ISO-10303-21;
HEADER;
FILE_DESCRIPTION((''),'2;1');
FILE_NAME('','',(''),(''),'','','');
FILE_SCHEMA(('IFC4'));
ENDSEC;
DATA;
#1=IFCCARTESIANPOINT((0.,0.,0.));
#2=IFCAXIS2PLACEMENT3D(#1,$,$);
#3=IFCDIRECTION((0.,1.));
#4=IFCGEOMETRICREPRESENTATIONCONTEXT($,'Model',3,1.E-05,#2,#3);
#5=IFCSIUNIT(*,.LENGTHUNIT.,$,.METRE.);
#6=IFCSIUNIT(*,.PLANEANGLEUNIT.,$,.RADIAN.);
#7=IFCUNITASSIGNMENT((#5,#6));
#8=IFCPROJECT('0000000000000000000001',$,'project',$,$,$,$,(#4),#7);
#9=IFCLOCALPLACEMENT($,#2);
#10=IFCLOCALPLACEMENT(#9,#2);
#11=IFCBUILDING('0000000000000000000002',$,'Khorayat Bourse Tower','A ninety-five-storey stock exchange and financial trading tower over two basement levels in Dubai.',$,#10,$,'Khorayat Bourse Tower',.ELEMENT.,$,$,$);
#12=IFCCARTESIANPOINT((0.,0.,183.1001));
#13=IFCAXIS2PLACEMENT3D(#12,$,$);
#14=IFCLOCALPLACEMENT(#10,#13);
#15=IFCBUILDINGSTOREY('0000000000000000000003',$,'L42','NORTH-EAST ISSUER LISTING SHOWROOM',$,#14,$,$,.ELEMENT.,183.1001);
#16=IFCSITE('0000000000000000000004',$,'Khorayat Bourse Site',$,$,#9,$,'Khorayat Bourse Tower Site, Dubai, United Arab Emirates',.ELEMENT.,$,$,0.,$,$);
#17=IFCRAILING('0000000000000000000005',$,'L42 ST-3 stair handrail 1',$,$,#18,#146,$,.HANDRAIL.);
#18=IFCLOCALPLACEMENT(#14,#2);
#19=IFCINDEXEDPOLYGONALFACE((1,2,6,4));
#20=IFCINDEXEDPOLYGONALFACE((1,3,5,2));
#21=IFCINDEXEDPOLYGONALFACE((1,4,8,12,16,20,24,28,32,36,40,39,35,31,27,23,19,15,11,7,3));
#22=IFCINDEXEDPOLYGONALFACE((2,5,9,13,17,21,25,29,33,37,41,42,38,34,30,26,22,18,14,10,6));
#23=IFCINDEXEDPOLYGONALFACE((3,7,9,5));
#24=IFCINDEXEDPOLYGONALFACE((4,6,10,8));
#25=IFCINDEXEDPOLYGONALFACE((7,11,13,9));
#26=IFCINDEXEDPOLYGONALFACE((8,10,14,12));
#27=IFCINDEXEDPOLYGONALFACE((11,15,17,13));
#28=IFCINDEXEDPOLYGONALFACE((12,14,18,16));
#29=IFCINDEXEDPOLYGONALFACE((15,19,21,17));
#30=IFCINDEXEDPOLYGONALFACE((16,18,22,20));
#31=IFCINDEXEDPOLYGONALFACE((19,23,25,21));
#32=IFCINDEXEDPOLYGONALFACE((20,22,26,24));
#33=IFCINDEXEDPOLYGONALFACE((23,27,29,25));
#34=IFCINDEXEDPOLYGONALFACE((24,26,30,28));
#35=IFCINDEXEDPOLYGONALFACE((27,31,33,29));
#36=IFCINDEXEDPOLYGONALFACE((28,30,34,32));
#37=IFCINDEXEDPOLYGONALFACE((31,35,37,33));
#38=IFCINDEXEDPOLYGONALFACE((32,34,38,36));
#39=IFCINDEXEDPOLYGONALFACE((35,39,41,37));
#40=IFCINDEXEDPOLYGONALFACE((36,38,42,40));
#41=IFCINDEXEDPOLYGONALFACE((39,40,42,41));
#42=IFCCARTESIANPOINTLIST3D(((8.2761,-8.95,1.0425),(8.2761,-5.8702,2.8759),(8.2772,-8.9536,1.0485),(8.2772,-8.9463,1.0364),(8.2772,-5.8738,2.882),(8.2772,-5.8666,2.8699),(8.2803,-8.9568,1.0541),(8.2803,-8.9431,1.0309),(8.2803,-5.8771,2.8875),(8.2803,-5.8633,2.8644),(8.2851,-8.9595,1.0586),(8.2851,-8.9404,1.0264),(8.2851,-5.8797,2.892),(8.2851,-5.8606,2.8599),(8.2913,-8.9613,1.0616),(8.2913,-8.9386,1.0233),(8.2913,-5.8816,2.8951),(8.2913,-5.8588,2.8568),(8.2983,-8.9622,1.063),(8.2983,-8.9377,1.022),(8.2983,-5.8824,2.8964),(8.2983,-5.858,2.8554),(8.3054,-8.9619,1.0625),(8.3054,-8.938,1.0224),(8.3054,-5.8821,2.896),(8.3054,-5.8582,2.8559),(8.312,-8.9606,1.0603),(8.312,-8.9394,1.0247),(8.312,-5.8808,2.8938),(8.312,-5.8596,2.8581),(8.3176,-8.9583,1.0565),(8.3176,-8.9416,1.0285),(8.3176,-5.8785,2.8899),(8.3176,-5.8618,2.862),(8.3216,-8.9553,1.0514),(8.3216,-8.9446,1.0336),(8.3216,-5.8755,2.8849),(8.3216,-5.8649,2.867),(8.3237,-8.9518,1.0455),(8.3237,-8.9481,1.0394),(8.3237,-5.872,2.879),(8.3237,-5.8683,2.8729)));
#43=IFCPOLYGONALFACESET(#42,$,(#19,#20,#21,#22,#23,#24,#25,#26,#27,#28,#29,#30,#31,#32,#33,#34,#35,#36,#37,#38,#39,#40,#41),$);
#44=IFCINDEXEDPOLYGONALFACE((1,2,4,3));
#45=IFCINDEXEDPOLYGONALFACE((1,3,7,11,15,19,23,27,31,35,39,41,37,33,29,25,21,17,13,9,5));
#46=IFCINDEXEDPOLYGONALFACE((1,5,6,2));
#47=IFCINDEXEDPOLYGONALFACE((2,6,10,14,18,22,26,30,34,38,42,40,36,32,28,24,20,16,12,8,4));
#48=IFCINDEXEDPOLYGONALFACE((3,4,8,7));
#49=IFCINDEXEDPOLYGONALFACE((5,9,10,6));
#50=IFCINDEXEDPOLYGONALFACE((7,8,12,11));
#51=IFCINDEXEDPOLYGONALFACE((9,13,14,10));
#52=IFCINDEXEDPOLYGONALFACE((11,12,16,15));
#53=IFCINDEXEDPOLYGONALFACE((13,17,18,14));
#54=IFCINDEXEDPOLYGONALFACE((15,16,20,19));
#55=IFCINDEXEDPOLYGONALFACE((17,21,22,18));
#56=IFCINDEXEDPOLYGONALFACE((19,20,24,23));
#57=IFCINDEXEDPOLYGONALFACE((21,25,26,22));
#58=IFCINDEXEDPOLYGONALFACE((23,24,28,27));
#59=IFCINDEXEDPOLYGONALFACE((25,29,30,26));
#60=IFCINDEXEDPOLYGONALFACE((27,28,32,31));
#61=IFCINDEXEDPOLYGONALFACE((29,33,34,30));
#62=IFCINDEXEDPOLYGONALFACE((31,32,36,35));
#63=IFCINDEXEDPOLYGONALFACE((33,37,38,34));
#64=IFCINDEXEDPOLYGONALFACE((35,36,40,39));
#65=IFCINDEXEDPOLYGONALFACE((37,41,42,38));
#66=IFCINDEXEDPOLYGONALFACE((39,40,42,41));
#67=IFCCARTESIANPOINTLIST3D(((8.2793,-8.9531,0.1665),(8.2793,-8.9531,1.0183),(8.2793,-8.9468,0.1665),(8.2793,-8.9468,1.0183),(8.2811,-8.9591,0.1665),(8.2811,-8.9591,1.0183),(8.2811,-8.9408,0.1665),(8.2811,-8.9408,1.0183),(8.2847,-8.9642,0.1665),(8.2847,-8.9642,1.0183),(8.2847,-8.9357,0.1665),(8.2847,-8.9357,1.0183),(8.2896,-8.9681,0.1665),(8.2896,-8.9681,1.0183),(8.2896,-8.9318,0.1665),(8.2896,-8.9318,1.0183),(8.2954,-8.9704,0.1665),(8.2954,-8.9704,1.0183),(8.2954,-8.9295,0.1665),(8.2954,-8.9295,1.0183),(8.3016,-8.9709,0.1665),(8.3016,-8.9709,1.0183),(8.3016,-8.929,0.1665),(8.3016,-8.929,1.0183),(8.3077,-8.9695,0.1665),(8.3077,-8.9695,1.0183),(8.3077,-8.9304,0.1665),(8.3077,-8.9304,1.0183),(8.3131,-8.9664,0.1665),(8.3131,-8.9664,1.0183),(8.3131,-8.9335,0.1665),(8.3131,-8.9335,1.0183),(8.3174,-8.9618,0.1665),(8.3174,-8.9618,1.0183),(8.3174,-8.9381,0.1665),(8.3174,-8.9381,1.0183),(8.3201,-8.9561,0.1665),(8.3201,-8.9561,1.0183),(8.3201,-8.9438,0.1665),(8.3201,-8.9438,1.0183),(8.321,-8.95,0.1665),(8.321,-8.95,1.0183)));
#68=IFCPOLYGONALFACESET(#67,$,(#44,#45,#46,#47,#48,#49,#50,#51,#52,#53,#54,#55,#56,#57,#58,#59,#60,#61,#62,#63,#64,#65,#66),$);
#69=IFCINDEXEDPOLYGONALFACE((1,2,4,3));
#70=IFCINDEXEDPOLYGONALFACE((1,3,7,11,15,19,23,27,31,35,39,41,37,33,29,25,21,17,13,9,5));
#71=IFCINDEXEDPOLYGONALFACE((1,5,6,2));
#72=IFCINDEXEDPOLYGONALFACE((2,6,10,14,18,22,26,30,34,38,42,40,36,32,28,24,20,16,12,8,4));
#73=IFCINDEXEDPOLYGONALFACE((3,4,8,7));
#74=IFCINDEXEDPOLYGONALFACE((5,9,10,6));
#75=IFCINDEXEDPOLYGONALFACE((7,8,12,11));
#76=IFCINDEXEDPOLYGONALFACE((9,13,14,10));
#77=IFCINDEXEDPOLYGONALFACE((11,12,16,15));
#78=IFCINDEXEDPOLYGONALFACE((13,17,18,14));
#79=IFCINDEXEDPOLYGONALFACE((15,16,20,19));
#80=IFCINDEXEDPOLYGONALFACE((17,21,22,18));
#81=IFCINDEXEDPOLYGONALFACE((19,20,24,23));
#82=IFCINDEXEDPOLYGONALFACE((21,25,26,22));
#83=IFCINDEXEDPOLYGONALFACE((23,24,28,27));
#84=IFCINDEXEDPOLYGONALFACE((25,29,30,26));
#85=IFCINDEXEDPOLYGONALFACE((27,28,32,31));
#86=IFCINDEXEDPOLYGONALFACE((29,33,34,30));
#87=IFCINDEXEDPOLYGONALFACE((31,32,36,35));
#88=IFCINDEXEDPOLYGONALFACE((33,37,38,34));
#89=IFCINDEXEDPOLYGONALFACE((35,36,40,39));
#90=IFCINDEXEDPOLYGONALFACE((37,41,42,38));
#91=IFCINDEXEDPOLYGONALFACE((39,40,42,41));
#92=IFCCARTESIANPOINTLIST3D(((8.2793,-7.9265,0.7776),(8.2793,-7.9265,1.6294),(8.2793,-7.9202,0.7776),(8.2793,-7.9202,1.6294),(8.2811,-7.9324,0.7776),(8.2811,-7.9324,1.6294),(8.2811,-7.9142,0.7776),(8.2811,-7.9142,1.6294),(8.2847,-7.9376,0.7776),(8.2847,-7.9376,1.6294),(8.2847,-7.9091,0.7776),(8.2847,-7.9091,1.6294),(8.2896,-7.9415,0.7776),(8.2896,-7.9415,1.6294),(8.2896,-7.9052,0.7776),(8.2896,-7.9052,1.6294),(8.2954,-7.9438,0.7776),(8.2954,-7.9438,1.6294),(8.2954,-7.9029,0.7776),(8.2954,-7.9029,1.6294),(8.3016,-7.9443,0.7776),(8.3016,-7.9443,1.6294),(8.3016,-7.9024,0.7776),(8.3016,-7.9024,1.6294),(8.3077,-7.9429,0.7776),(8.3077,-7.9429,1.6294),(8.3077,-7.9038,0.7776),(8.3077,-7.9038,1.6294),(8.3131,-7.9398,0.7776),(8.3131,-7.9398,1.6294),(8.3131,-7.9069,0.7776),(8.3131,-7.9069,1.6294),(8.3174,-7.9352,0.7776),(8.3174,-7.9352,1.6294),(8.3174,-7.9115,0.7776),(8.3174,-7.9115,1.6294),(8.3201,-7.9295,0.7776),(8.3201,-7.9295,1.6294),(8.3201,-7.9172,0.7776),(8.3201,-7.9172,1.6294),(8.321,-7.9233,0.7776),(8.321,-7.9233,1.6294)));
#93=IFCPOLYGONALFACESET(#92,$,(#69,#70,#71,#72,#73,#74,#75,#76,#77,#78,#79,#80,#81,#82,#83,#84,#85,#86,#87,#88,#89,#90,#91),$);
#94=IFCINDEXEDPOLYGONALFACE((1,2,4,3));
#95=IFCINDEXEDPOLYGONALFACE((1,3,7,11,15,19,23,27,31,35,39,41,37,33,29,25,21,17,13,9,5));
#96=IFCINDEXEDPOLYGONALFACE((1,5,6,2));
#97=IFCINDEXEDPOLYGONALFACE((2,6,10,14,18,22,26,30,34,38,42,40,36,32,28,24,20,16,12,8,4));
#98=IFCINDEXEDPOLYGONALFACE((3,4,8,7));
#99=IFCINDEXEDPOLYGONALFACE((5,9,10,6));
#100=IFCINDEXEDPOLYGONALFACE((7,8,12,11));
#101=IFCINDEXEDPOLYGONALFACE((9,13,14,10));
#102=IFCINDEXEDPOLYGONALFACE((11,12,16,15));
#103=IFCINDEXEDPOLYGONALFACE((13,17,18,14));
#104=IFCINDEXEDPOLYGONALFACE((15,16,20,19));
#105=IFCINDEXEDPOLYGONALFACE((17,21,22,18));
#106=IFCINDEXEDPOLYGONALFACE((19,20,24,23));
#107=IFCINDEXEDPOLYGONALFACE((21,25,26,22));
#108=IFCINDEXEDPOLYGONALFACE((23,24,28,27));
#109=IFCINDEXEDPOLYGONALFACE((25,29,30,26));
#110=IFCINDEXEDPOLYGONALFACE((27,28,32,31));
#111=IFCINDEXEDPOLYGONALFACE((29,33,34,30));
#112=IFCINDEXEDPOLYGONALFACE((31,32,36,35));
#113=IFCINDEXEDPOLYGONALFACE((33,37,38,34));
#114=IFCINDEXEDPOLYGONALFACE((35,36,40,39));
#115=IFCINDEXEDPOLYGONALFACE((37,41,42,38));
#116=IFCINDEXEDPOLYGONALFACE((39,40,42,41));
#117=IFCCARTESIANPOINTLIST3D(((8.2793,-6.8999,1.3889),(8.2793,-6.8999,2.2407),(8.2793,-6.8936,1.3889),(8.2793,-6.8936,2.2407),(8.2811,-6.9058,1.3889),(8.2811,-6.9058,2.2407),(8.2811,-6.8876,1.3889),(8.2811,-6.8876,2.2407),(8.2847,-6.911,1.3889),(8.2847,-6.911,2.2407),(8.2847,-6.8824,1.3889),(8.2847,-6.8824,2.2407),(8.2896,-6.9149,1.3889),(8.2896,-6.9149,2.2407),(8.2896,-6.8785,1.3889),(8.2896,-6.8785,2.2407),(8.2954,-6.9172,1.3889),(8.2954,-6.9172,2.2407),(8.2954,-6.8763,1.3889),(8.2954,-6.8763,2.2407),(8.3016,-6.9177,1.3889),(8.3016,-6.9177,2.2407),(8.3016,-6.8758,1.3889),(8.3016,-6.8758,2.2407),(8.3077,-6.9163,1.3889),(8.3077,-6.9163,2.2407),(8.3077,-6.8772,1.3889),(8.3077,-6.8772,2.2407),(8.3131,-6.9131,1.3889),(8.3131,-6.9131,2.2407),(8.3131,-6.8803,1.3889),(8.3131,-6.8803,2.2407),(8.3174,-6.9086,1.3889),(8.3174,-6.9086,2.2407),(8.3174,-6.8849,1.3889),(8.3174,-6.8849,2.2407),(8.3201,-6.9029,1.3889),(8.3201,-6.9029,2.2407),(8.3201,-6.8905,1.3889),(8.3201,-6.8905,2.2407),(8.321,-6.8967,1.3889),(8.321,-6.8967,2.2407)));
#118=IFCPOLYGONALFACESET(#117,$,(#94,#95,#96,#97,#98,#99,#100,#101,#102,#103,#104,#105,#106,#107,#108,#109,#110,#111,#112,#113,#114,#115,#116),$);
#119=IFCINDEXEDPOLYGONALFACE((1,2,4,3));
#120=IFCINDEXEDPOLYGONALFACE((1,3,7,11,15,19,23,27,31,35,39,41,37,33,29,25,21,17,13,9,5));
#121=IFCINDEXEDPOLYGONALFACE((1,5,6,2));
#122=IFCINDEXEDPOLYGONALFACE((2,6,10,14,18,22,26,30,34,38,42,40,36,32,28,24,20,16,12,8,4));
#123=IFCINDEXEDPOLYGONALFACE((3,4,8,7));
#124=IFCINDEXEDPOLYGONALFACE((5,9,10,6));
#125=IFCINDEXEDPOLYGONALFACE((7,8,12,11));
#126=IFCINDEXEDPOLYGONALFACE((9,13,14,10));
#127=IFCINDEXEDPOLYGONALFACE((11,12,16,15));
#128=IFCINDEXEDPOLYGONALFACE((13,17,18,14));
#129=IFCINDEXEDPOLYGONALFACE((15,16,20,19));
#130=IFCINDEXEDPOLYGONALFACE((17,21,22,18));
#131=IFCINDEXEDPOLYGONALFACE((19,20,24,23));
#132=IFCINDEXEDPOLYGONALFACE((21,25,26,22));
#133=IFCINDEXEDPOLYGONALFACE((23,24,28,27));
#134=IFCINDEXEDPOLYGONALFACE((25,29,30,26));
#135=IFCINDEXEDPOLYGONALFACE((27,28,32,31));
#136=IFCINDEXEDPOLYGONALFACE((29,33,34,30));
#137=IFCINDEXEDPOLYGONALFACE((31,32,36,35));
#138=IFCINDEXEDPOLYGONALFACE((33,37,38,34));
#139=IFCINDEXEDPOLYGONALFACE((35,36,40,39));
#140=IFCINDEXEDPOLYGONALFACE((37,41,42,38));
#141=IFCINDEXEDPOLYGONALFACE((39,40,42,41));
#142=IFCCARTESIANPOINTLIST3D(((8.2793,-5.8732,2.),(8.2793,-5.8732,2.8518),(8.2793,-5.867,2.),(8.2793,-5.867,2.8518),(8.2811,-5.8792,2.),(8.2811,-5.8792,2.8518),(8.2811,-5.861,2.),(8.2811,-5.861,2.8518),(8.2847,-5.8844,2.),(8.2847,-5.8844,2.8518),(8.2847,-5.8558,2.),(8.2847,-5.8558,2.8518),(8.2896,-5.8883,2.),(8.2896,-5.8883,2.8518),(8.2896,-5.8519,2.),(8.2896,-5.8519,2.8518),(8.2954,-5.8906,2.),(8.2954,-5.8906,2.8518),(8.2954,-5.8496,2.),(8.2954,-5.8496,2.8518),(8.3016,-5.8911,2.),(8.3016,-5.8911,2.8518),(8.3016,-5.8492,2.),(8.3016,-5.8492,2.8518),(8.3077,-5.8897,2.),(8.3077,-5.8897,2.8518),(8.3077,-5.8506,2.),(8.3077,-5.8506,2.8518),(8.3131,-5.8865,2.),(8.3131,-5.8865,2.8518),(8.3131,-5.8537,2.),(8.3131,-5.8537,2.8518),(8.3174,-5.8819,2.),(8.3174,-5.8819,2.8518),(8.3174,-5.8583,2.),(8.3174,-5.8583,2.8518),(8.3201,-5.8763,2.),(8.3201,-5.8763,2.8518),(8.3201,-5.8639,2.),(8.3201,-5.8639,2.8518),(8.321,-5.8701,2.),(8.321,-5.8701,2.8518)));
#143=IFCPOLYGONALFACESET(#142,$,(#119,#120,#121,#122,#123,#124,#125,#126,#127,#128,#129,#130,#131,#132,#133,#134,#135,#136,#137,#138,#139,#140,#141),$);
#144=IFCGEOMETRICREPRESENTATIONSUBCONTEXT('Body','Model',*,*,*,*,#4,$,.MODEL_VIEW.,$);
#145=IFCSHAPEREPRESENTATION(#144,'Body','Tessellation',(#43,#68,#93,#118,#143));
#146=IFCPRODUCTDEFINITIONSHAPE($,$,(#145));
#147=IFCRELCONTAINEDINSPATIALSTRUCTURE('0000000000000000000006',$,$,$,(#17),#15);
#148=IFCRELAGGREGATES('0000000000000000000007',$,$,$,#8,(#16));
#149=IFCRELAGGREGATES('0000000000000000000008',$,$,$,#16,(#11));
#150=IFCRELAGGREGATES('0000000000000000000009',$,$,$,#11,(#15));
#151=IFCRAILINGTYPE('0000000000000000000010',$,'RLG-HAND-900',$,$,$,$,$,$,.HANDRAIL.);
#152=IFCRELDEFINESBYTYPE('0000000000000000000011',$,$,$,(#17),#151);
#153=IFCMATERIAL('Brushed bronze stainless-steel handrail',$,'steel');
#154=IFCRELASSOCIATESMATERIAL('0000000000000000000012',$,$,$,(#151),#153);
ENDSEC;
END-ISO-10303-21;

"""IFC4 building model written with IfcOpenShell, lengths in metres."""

from ifc_helpers import new_model, si_unit, direction, frame, origin, origin_2d, place, context, subcontext, project, spatial, circle, extrude, source, transform, mapped, material, type_object, element, save


model = new_model("IFC4")

# Units and contexts
model_context = context("Model", 3, precision=1e-05, world=origin(), true_north=direction((0.0, 1.0)))
body_context = subcontext(model_context, "Body", "Model", "MODEL_VIEW")
ifc_project = project(units=[si_unit("LENGTHUNIT", "METRE"), si_unit("PLANEANGLEUNIT", "RADIAN")], contexts=[model_context])

# Site, building, storey
site_placement = place(None, origin())
site = spatial("IfcSite", under=ifc_project, at=site_placement, Name="Khorayat Bourse Site", LongName="Khorayat Bourse Tower Site, Dubai, United Arab Emirates", CompositionType="ELEMENT", RefElevation=0.0)
building_placement = place(site_placement, origin())
building = spatial("IfcBuilding", under=site, at=building_placement, Name="Khorayat Bourse Tower", Description="A ninety-five-storey stock exchange and financial trading tower over two basement levels in Dubai.", LongName="Khorayat Bourse Tower", CompositionType="ELEMENT")
storey_placement = place(building_placement, frame((0.0, 0.0, 183.1001)))
storey = spatial("IfcBuildingStorey", under=building, at=storey_placement, Name="L42", Description="NORTH-EAST ISSUER LISTING SHOWROOM", CompositionType="ELEMENT", Elevation=183.1001)

# Railing
ifc_material_1 = material(Name="Brushed bronze stainless-steel handrail", Category="steel")
railing_type_1 = type_object("IfcRailingType", Name="RLG-HAND-900", PredefinedType="HANDRAIL", material=ifc_material_1)
shared_shape_1 = source(origin(), body_context, "Body", "SweptSolid", [
    extrude(circle(Radius=0.0239, at=origin_2d()), frame((0.0, 0.0, 0.876), z_axis=(0.0, 0.859261, 0.511538), x_axis=(-1.0, 0.0, 0.0)), (0.0, 0.0, 1.0), 3.5842),
    extrude(circle(Radius=0.021, at=origin_2d()), origin(), (0.0, 0.0, 1.0), 0.8518),
    extrude(circle(Radius=0.021, at=origin_2d()), frame((0.0, 1.0266, 0.6111)), (0.0, 0.0, 1.0), 0.8518),
    extrude(circle(Radius=0.021, at=origin_2d()), frame((0.0, 2.0532, 1.2224)), (0.0, 0.0, 1.0), 0.8518),
    extrude(circle(Radius=0.021, at=origin_2d()), frame((0.0, 3.0798, 1.8335)), (0.0, 0.0, 1.0), 0.8518),
])
railing_1_placement = place(storey_placement, frame((8.3, -8.95, 0.1665)))
element("IfcRailing", 1, at=railing_1_placement, inside=storey, type_object=railing_type_1, Name="L42 ST-3 stair handrail 1", PredefinedType="HANDRAIL", context=body_context, shape_type="MappedRepresentation", body=[
    mapped(shared_shape_1, transform((0.0, 0.0, 0.0), scale=1.0)),
])

save(model, "model.ifc")
